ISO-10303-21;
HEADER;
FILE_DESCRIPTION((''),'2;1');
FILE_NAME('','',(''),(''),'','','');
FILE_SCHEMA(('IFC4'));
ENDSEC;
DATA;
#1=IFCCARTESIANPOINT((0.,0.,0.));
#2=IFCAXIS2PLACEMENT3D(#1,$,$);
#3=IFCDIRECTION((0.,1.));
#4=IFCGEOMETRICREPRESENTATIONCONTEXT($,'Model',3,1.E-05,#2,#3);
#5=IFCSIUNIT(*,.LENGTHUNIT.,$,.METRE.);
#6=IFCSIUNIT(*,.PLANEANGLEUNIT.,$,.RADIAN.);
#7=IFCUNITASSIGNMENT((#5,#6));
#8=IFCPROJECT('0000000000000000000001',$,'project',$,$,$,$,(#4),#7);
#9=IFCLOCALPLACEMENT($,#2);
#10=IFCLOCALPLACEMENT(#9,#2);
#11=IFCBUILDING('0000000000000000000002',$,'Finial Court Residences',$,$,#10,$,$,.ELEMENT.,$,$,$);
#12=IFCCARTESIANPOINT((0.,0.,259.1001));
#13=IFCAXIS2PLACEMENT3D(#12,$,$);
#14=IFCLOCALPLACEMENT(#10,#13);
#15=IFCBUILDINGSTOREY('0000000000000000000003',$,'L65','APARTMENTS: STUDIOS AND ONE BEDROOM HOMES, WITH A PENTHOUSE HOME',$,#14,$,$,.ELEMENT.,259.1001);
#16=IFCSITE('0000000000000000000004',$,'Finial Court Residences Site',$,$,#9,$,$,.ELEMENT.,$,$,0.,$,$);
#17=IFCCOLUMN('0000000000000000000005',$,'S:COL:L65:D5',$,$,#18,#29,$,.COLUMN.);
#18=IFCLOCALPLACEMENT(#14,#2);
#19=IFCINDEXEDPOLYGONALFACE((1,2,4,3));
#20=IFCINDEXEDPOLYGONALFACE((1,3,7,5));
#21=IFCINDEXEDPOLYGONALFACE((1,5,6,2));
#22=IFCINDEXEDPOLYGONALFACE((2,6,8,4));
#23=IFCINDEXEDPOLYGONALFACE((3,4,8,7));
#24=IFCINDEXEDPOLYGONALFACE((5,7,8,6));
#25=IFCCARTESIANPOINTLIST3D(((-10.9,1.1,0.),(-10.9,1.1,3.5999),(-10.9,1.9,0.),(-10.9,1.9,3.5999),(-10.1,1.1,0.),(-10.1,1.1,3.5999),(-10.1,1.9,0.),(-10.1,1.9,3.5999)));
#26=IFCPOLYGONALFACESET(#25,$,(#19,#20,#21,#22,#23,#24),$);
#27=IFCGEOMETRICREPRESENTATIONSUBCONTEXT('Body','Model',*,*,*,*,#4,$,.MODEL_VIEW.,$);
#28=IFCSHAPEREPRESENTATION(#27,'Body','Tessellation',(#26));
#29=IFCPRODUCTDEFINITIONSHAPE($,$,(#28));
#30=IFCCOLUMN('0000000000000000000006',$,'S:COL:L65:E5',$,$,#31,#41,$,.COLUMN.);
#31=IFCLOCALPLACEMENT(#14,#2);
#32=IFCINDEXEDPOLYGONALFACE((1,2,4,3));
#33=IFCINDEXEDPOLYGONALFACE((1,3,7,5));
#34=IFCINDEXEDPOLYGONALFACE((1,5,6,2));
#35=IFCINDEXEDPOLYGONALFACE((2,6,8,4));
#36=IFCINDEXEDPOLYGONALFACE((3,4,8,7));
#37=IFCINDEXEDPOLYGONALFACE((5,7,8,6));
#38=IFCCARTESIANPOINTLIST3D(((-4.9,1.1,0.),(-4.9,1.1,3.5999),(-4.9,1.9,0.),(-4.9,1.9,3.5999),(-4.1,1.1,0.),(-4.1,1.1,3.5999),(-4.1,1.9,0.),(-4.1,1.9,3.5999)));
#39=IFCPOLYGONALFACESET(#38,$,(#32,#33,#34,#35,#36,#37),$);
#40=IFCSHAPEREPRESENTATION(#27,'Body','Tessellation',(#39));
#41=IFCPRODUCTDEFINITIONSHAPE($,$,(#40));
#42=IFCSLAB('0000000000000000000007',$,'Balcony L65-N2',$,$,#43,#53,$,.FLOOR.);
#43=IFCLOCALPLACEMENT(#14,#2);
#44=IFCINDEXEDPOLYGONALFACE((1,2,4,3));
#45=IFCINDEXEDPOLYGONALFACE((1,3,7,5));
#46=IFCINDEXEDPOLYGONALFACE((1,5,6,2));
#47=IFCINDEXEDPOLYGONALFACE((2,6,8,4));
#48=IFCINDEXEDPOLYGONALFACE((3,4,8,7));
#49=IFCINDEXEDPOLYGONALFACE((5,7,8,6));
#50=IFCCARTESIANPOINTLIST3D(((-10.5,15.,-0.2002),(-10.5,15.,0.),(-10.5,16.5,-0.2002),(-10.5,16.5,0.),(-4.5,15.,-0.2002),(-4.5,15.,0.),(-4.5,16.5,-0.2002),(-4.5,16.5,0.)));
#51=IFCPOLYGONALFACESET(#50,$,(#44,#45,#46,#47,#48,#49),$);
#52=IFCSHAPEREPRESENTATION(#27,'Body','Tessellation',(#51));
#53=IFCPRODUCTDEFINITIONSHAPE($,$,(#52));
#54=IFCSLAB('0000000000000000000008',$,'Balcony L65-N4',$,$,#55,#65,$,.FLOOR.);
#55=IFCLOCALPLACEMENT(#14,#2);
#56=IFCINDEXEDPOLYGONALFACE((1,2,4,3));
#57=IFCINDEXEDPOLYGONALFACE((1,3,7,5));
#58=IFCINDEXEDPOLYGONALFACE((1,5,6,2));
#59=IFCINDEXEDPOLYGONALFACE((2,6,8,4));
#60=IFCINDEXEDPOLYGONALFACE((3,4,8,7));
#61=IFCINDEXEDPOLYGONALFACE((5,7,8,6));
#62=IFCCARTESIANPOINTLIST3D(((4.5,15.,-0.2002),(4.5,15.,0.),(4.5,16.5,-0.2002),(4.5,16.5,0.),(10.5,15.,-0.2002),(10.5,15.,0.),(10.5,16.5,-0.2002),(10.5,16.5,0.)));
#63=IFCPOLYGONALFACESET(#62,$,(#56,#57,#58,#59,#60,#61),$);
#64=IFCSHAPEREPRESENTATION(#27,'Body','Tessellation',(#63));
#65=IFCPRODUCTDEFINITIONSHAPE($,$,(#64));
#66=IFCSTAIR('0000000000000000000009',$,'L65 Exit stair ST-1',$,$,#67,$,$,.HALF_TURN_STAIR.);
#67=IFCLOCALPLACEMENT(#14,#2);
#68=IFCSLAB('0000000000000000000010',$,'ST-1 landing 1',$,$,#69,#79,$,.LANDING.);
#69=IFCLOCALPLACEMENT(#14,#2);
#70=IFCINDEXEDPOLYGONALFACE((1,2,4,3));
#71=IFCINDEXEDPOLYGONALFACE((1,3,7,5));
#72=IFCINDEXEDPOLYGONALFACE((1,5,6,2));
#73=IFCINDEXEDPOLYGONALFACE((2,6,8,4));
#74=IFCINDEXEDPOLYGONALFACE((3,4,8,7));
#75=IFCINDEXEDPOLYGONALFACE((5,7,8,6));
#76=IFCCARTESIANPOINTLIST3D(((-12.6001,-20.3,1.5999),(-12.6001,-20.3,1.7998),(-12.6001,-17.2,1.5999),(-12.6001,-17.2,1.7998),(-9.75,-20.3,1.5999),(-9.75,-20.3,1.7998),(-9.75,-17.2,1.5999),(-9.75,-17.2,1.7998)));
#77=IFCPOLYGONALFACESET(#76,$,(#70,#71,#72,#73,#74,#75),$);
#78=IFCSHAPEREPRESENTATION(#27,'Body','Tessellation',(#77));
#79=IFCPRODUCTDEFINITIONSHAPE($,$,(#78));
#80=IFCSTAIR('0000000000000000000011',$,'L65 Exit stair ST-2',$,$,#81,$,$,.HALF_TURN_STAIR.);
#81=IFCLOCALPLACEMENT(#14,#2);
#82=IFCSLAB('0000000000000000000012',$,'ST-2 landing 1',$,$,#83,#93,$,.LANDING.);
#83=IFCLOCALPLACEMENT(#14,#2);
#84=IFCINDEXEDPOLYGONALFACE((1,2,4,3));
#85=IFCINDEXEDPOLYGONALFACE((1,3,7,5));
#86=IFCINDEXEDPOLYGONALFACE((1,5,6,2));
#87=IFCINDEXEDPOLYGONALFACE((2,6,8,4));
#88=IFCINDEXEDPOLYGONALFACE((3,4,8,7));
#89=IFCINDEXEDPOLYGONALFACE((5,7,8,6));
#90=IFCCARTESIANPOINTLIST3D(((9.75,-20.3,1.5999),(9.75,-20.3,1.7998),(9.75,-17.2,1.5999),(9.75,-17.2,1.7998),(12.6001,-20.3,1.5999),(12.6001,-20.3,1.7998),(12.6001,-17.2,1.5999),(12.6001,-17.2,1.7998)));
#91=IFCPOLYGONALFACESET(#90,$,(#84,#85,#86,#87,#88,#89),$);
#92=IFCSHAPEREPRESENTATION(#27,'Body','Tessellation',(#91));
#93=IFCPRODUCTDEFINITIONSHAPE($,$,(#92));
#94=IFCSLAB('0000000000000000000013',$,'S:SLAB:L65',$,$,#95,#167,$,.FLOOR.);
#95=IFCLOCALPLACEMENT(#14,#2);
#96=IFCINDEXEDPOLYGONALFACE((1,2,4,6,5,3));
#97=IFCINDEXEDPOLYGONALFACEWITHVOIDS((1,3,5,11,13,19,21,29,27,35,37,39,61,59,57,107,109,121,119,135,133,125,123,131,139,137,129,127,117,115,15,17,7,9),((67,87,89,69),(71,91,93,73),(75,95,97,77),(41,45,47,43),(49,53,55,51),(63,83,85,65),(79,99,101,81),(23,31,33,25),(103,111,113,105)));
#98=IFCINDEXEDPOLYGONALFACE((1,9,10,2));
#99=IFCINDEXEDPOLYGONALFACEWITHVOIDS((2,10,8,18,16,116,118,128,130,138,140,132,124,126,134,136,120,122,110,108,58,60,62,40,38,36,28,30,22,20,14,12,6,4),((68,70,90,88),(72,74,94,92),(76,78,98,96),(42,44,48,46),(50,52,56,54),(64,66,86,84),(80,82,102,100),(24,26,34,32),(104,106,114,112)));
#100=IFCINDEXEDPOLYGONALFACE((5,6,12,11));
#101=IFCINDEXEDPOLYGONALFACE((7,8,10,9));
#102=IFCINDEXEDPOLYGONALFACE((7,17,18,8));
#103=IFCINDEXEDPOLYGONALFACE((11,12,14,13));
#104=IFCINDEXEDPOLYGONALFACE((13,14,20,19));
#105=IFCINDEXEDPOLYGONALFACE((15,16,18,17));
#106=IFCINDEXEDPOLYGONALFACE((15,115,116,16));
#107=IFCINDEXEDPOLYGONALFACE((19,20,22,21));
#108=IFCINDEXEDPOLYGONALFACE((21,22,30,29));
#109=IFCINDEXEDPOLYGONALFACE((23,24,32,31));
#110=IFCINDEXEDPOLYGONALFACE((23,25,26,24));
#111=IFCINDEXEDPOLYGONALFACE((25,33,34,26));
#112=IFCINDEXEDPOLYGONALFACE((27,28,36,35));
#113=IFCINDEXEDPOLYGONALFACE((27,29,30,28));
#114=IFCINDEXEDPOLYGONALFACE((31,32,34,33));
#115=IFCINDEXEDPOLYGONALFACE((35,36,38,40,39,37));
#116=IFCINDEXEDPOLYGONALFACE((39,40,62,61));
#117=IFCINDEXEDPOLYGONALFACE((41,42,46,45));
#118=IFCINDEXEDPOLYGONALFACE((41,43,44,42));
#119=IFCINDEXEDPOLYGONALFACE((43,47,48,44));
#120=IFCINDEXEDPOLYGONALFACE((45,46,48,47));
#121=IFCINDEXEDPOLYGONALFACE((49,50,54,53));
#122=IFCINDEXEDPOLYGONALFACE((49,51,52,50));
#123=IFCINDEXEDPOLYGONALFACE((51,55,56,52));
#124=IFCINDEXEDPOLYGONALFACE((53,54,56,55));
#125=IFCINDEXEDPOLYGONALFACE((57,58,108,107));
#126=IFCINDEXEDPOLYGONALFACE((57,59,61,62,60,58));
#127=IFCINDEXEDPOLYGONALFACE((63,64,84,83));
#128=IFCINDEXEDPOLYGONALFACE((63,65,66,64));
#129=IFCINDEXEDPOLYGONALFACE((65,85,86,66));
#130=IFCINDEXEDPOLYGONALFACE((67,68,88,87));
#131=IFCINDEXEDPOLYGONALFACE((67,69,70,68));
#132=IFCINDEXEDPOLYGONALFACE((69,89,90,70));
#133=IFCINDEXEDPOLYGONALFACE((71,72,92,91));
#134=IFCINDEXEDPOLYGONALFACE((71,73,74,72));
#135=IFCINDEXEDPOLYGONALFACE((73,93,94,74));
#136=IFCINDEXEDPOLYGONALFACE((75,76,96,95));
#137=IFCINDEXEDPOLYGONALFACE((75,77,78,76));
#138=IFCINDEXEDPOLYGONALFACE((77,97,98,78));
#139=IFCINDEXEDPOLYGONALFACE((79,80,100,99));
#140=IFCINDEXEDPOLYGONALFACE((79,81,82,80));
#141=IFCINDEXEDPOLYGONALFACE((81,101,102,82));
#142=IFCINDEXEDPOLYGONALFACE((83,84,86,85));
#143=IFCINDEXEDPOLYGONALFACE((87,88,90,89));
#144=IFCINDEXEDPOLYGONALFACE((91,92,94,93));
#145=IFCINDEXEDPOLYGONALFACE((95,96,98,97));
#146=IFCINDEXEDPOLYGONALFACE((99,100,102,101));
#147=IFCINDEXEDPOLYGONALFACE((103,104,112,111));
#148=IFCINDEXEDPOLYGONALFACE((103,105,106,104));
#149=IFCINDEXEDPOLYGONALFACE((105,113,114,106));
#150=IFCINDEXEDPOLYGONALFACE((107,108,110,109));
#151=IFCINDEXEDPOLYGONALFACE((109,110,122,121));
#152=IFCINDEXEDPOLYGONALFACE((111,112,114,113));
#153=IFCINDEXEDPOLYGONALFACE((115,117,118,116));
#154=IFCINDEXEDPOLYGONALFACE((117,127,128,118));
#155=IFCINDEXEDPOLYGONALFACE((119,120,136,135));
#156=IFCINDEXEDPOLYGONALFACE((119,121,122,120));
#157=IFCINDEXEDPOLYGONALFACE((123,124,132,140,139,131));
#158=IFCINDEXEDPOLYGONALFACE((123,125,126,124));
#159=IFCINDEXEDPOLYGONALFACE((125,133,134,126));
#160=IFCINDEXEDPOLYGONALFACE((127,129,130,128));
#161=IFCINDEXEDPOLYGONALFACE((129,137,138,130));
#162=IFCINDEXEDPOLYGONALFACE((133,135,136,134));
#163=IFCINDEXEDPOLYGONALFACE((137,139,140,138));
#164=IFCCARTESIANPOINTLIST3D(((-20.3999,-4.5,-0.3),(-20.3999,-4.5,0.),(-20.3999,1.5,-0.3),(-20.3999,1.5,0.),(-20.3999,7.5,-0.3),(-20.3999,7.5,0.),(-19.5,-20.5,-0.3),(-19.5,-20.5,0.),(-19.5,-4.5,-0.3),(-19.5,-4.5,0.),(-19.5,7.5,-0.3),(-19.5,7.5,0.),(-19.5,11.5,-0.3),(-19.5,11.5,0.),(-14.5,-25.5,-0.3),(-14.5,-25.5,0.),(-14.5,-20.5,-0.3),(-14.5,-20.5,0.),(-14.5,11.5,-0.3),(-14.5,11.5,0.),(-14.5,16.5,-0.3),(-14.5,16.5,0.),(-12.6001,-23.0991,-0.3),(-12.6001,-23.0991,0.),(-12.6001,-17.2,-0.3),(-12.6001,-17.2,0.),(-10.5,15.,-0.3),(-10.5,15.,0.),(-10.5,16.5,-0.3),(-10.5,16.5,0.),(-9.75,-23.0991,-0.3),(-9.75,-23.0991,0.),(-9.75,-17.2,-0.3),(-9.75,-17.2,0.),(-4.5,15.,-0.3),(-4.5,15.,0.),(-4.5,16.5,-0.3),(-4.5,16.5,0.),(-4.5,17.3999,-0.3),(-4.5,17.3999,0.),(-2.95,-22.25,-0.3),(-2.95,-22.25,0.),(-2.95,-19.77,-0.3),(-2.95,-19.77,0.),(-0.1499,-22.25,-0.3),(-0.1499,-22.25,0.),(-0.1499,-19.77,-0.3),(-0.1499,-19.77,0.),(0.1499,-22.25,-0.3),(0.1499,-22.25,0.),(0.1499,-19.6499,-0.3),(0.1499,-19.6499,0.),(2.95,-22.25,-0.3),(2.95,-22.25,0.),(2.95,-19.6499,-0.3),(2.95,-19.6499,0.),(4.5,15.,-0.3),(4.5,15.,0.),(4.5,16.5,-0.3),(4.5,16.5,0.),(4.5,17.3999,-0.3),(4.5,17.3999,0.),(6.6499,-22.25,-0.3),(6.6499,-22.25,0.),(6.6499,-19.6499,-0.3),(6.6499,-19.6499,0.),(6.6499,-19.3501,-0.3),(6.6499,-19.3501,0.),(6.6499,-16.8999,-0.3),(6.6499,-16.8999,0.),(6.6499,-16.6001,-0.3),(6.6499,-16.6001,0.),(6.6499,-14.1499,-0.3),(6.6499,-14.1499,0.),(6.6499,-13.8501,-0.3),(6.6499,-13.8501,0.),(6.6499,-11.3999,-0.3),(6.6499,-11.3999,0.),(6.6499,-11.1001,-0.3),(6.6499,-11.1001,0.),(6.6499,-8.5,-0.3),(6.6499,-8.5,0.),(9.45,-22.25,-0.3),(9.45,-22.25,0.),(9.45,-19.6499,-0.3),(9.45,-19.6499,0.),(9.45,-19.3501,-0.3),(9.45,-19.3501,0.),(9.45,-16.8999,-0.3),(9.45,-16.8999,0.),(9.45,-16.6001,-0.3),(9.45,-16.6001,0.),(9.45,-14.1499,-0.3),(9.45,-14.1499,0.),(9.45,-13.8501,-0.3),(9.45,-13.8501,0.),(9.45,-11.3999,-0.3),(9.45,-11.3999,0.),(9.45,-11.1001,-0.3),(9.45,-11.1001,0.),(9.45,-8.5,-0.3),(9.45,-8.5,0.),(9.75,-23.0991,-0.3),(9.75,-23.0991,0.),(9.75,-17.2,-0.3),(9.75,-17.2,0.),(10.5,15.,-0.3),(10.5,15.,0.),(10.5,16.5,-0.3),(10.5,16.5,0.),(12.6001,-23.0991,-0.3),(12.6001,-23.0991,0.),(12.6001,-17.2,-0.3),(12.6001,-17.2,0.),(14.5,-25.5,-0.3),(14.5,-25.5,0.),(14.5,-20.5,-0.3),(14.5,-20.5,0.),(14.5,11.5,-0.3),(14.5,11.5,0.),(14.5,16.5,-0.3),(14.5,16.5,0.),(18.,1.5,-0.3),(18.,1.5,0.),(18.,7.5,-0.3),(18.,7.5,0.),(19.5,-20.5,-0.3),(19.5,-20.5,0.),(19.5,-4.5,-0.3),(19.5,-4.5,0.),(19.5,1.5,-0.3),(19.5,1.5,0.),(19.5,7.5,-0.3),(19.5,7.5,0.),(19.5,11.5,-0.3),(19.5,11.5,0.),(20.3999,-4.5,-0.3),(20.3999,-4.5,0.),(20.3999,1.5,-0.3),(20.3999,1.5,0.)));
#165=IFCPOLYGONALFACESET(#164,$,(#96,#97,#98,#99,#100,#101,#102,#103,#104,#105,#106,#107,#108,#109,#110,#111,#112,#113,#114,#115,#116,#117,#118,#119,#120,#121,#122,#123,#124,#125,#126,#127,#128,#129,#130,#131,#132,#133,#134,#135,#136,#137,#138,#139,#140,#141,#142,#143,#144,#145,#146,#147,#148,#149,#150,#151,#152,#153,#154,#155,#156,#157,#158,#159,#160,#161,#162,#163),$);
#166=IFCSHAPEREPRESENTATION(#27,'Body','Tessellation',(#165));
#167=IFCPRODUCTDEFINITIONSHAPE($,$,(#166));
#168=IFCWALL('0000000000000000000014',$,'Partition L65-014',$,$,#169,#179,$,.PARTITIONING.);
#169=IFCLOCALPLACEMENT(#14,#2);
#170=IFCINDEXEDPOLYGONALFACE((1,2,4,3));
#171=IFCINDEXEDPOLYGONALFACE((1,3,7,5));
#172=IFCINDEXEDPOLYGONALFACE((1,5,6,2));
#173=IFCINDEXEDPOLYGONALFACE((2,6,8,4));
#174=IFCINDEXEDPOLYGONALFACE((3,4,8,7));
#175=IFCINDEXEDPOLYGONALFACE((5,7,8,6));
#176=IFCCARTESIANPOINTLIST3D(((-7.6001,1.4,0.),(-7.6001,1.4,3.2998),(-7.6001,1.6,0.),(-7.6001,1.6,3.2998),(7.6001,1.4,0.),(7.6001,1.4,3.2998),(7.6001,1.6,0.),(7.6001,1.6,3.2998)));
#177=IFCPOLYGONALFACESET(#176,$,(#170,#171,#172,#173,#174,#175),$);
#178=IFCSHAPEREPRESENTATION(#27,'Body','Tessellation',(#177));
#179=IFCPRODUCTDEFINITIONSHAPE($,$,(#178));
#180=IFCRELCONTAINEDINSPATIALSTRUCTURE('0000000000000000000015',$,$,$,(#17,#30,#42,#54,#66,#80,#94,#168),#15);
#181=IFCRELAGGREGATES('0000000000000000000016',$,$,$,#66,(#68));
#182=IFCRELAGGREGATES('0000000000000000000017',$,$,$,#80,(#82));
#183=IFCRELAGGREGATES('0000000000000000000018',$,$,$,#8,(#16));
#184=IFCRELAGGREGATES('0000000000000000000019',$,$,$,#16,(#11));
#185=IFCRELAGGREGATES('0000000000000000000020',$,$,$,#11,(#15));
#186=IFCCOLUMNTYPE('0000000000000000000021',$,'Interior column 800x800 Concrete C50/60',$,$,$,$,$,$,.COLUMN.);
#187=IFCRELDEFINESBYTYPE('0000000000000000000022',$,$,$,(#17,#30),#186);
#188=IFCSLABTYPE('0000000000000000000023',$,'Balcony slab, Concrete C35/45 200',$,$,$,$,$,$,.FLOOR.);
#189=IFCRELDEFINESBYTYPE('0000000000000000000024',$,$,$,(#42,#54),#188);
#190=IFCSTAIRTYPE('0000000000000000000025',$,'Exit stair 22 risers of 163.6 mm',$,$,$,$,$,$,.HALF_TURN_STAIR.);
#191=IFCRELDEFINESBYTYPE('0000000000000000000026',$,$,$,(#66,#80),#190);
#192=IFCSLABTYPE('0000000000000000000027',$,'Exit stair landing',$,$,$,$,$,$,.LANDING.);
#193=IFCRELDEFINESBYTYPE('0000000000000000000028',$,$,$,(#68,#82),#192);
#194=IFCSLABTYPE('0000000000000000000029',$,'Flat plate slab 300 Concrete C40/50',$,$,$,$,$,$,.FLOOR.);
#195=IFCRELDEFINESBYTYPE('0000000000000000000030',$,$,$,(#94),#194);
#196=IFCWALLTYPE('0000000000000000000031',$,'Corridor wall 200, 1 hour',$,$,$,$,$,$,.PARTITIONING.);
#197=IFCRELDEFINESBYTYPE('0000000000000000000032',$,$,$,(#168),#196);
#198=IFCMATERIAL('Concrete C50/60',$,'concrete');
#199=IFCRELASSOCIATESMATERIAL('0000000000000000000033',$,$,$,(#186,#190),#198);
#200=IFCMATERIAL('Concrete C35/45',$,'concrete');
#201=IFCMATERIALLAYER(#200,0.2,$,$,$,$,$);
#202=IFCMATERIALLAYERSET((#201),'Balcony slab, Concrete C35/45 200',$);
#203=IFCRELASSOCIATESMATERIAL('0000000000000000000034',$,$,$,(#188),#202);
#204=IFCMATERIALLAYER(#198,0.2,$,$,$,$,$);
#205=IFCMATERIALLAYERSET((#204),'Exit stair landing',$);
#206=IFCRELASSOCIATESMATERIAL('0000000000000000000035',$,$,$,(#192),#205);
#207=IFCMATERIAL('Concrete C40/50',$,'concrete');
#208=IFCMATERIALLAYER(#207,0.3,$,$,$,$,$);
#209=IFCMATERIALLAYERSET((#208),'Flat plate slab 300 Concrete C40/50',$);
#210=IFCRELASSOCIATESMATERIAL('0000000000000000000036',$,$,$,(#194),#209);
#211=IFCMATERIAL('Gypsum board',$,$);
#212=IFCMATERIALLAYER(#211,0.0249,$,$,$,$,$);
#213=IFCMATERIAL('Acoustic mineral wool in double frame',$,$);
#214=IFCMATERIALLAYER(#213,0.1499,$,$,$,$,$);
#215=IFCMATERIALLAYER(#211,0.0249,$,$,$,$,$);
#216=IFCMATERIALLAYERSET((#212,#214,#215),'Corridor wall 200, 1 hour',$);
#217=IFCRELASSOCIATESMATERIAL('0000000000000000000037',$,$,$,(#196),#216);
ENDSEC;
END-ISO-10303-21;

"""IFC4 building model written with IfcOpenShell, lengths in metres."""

from ifc_helpers import new_model, si_unit, direction, frame, frame_2d, origin, origin_2d, place, context, subcontext, project, spatial, polyline, rectangle, outline, extrude, material, layer, layer_set, material_profile, profile_set, type_object, element, aggregate, save


model = new_model("IFC4")

# Units and contexts
model_context = context("Model", 3, precision=1e-05, world=origin(), true_north=direction((0.0, 1.0)))
body_context = subcontext(model_context, "Body", "Model", "MODEL_VIEW")
ifc_project = project(units=[si_unit("LENGTHUNIT", "METRE"), si_unit("PLANEANGLEUNIT", "RADIAN")], contexts=[model_context])

# Site, building, storey
site_placement = place(None, origin())
site = spatial("IfcSite", under=ifc_project, at=site_placement, Name="Finial Court Residences Site", CompositionType="ELEMENT", RefElevation=0.0)
building_placement = place(site_placement, origin())
building = spatial("IfcBuilding", under=site, at=building_placement, Name="Finial Court Residences", CompositionType="ELEMENT")
storey_placement = place(building_placement, frame((0.0, 0.0, 259.1001)))
storey = spatial("IfcBuildingStorey", under=building, at=storey_placement, Name="L65", Description="APARTMENTS: STUDIOS AND ONE BEDROOM HOMES, WITH A PENTHOUSE HOME", CompositionType="ELEMENT", Elevation=259.1001)

# Columns
ifc_material_1 = material(Name="Concrete C50/60", Category="concrete")
ifc_material_profile = material_profile(ifc_material_1, rectangle(XDim=0.8, YDim=0.8, at=origin_2d()), Name="800x800")
ifc_profile_set = profile_set([ifc_material_profile], Name="Concrete C50/60")
column_type = type_object("IfcColumnType", Name="Interior column 800x800 Concrete C50/60", PredefinedType="COLUMN", material=ifc_profile_set)
for number, where, z_axis, x_axis, name in (
    (1, (-10.5, 1.5, 0.0), (0.0, 0.0, 1.0), (1.0, 0.0, 0.0), "S:COL:L65:D5"),
    (2, (-4.5, 1.5, 0.0), (0.0, 0.0, 1.0), (1.0, 0.0, 0.0), "S:COL:L65:E5"),
):
    element("IfcColumn", number, at=place(storey_placement, frame(where, z_axis=z_axis, x_axis=x_axis)), inside=storey, type_object=column_type, Name=name, PredefinedType="COLUMN", context=body_context, shape_type="SweptSolid", body=[
        extrude(rectangle(XDim=0.8, YDim=0.8, at=origin_2d()), origin(), (0.0, 0.0, 1.0), 3.5999),
    ])

# Slabs
ifc_material_2 = material(Name="Concrete C35/45", Category="concrete")
ifc_layer_1 = layer(ifc_material_2, 0.2)
ifc_layer_set_1 = layer_set([ifc_layer_1], Name="Balcony slab, Concrete C35/45 200")
slab_type_1 = type_object("IfcSlabType", Name="Balcony slab, Concrete C35/45 200", PredefinedType="FLOOR", material=ifc_layer_set_1)
slab_1_placement = place(storey_placement, frame((0.0, 0.0, -0.2002)))
element("IfcSlab", 3, at=slab_1_placement, inside=storey, type_object=slab_type_1, Name="Balcony L65-N2", PredefinedType="FLOOR", context=body_context, shape_type="SweptSolid", body=[
    extrude(outline(polyline([(-4.5, 15.0), (-4.5, 16.5), (-10.5, 16.5), (-10.5, 15.0), (-4.5, 15.0)])), origin(), (0.0, 0.0, 1.0), 0.2002),
])
slab_2_placement = place(storey_placement, frame((0.0, 0.0, -0.2002)))
element("IfcSlab", 4, at=slab_2_placement, inside=storey, type_object=slab_type_1, Name="Balcony L65-N4", PredefinedType="FLOOR", context=body_context, shape_type="SweptSolid", body=[
    extrude(outline(polyline([(10.5, 15.0), (10.5, 16.5), (4.5, 16.5), (4.5, 15.0), (10.5, 15.0)])), origin(), (0.0, 0.0, 1.0), 0.2002),
])

# Stairs, slabs
stair_type = type_object("IfcStairType", Name="Exit stair 22 risers of 163.6 mm", PredefinedType="HALF_TURN_STAIR", material=ifc_material_1)
stair_1_placement = place(storey_placement, origin())
stair_1 = element("IfcStair", 5, at=stair_1_placement, inside=storey, type_object=stair_type, Name="L65 Exit stair ST-1", PredefinedType="HALF_TURN_STAIR")
ifc_layer_2 = layer(ifc_material_1, 0.2)
ifc_layer_set_2 = layer_set([ifc_layer_2], Name="Exit stair landing")
slab_type_2 = type_object("IfcSlabType", Name="Exit stair landing", PredefinedType="LANDING", material=ifc_layer_set_2)
slab_3_placement = place(storey_placement, frame((0.0, 0.0, 1.5999)))
slab_3 = element("IfcSlab", 6, at=slab_3_placement, type_object=slab_type_2, Name="ST-1 landing 1", PredefinedType="LANDING", context=body_context, shape_type="SweptSolid", body=[
    extrude(outline(polyline([(-9.75, -20.3), (-9.75, -17.2), (-12.6001, -17.2), (-12.6001, -20.3), (-9.75, -20.3)])), origin(), (0.0, 0.0, 1.0), 0.2),
])
aggregate(stair_1, [slab_3])
stair_2_placement = place(storey_placement, origin())
stair_2 = element("IfcStair", 7, at=stair_2_placement, inside=storey, type_object=stair_type, Name="L65 Exit stair ST-2", PredefinedType="HALF_TURN_STAIR")
slab_4_placement = place(storey_placement, frame((0.0, 0.0, 1.5999)))
slab_4 = element("IfcSlab", 8, at=slab_4_placement, type_object=slab_type_2, Name="ST-2 landing 1", PredefinedType="LANDING", context=body_context, shape_type="SweptSolid", body=[
    extrude(outline(polyline([(12.6001, -20.3), (12.6001, -17.2), (9.75, -17.2), (9.75, -20.3), (12.6001, -20.3)])), origin(), (0.0, 0.0, 1.0), 0.2),
])
aggregate(stair_2, [slab_4])

# Slab
ifc_material_3 = material(Name="Concrete C40/50", Category="concrete")
ifc_layer_3 = layer(ifc_material_3, 0.3)
ifc_layer_set_3 = layer_set([ifc_layer_3], Name="Flat plate slab 300 Concrete C40/50")
slab_type_3 = type_object("IfcSlabType", Name="Flat plate slab 300 Concrete C40/50", PredefinedType="FLOOR", material=ifc_layer_set_3)
slab_5_placement = place(storey_placement, frame((0.0, 0.0, -0.3)))
element("IfcSlab", 9, at=slab_5_placement, inside=storey, type_object=slab_type_3, Name="S:SLAB:L65", PredefinedType="FLOOR", context=body_context, shape_type="SweptSolid", body=[
    extrude(outline(polyline([(-20.3999, 7.5), (-19.5, 7.5), (-19.5, 11.5), (-14.5, 11.5), (-14.5, 16.5), (-10.5, 16.5), (-10.5, 15.0), (-4.5, 15.0), (-4.5, 16.5), (-4.5, 17.3999), (4.5, 17.3999), (4.5, 16.5), (4.5, 15.0), (10.5, 15.0), (10.5, 16.5), (14.5, 16.5), (14.5, 11.5), (19.5, 11.5), (19.5, 7.5), (18.0, 7.5), (18.0, 1.5), (19.5, 1.5), (20.3999, 1.5), (20.3999, -4.5), (19.5, -4.5), (19.5, -20.5), (14.5, -20.5), (14.5, -25.5), (-14.5, -25.5), (-14.5, -20.5), (-19.5, -20.5), (-19.5, -4.5), (-20.3999, -4.5), (-20.3999, 1.5), (-20.3999, 7.5)]), holes=[polyline([(-0.1499, -19.77), (-2.95, -19.77), (-2.95, -22.25), (-0.1499, -22.25), (-0.1499, -19.77)]), polyline([(2.95, -19.6499), (0.1499, -19.6499), (0.1499, -22.25), (2.95, -22.25), (2.95, -19.6499)]), polyline([(9.45, -19.6499), (6.6499, -19.6499), (6.6499, -22.25), (9.45, -22.25), (9.45, -19.6499)]), polyline([(-12.6001, -17.2), (-12.6001, -23.0991), (-9.75, -23.0991), (-9.75, -17.2), (-12.6001, -17.2)]), polyline([(9.75, -17.2), (9.75, -23.0991), (12.6001, -23.0991), (12.6001, -17.2), (9.75, -17.2)]), polyline([(9.45, -16.8999), (6.6499, -16.8999), (6.6499, -19.3501), (9.45, -19.3501), (9.45, -16.8999)]), polyline([(9.45, -14.1499), (6.6499, -14.1499), (6.6499, -16.6001), (9.45, -16.6001), (9.45, -14.1499)]), polyline([(9.45, -13.8501), (9.45, -11.3999), (6.6499, -11.3999), (6.6499, -13.8501), (9.45, -13.8501)]), polyline([(9.45, -11.1001), (9.45, -8.5), (6.6499, -8.5), (6.6499, -11.1001), (9.45, -11.1001)])]), origin(), (0.0, 0.0, 1.0), 0.3),
])

# Wall
ifc_material_4 = material(Name="Gypsum board")
ifc_layer_4 = layer(ifc_material_4, 0.0249)
ifc_material_5 = material(Name="Acoustic mineral wool in double frame")
ifc_layer_5 = layer(ifc_material_5, 0.1499)
ifc_layer_6 = layer(ifc_material_4, 0.0249)
ifc_layer_set_4 = layer_set([ifc_layer_4, ifc_layer_5, ifc_layer_6], Name="Corridor wall 200, 1 hour")
wall_type_1 = type_object("IfcWallType", Name="Corridor wall 200, 1 hour", PredefinedType="PARTITIONING", material=ifc_layer_set_4)
wall_1_placement = place(storey_placement, frame((-7.6001, 1.5, 0.0), z_axis=(0.0, 0.0, 1.0), x_axis=(1.0, 0.0, 0.0)))
element("IfcWall", 10, at=wall_1_placement, inside=storey, type_object=wall_type_1, Name="Partition L65-014", PredefinedType="PARTITIONING", context=body_context, shape_type="SweptSolid", body=[
    extrude(rectangle(XDim=15.2002, YDim=0.2, at=frame_2d((7.6001, 0.0))), origin(), (0.0, 0.0, 1.0), 3.2998),
])

save(model, "model.ifc")
